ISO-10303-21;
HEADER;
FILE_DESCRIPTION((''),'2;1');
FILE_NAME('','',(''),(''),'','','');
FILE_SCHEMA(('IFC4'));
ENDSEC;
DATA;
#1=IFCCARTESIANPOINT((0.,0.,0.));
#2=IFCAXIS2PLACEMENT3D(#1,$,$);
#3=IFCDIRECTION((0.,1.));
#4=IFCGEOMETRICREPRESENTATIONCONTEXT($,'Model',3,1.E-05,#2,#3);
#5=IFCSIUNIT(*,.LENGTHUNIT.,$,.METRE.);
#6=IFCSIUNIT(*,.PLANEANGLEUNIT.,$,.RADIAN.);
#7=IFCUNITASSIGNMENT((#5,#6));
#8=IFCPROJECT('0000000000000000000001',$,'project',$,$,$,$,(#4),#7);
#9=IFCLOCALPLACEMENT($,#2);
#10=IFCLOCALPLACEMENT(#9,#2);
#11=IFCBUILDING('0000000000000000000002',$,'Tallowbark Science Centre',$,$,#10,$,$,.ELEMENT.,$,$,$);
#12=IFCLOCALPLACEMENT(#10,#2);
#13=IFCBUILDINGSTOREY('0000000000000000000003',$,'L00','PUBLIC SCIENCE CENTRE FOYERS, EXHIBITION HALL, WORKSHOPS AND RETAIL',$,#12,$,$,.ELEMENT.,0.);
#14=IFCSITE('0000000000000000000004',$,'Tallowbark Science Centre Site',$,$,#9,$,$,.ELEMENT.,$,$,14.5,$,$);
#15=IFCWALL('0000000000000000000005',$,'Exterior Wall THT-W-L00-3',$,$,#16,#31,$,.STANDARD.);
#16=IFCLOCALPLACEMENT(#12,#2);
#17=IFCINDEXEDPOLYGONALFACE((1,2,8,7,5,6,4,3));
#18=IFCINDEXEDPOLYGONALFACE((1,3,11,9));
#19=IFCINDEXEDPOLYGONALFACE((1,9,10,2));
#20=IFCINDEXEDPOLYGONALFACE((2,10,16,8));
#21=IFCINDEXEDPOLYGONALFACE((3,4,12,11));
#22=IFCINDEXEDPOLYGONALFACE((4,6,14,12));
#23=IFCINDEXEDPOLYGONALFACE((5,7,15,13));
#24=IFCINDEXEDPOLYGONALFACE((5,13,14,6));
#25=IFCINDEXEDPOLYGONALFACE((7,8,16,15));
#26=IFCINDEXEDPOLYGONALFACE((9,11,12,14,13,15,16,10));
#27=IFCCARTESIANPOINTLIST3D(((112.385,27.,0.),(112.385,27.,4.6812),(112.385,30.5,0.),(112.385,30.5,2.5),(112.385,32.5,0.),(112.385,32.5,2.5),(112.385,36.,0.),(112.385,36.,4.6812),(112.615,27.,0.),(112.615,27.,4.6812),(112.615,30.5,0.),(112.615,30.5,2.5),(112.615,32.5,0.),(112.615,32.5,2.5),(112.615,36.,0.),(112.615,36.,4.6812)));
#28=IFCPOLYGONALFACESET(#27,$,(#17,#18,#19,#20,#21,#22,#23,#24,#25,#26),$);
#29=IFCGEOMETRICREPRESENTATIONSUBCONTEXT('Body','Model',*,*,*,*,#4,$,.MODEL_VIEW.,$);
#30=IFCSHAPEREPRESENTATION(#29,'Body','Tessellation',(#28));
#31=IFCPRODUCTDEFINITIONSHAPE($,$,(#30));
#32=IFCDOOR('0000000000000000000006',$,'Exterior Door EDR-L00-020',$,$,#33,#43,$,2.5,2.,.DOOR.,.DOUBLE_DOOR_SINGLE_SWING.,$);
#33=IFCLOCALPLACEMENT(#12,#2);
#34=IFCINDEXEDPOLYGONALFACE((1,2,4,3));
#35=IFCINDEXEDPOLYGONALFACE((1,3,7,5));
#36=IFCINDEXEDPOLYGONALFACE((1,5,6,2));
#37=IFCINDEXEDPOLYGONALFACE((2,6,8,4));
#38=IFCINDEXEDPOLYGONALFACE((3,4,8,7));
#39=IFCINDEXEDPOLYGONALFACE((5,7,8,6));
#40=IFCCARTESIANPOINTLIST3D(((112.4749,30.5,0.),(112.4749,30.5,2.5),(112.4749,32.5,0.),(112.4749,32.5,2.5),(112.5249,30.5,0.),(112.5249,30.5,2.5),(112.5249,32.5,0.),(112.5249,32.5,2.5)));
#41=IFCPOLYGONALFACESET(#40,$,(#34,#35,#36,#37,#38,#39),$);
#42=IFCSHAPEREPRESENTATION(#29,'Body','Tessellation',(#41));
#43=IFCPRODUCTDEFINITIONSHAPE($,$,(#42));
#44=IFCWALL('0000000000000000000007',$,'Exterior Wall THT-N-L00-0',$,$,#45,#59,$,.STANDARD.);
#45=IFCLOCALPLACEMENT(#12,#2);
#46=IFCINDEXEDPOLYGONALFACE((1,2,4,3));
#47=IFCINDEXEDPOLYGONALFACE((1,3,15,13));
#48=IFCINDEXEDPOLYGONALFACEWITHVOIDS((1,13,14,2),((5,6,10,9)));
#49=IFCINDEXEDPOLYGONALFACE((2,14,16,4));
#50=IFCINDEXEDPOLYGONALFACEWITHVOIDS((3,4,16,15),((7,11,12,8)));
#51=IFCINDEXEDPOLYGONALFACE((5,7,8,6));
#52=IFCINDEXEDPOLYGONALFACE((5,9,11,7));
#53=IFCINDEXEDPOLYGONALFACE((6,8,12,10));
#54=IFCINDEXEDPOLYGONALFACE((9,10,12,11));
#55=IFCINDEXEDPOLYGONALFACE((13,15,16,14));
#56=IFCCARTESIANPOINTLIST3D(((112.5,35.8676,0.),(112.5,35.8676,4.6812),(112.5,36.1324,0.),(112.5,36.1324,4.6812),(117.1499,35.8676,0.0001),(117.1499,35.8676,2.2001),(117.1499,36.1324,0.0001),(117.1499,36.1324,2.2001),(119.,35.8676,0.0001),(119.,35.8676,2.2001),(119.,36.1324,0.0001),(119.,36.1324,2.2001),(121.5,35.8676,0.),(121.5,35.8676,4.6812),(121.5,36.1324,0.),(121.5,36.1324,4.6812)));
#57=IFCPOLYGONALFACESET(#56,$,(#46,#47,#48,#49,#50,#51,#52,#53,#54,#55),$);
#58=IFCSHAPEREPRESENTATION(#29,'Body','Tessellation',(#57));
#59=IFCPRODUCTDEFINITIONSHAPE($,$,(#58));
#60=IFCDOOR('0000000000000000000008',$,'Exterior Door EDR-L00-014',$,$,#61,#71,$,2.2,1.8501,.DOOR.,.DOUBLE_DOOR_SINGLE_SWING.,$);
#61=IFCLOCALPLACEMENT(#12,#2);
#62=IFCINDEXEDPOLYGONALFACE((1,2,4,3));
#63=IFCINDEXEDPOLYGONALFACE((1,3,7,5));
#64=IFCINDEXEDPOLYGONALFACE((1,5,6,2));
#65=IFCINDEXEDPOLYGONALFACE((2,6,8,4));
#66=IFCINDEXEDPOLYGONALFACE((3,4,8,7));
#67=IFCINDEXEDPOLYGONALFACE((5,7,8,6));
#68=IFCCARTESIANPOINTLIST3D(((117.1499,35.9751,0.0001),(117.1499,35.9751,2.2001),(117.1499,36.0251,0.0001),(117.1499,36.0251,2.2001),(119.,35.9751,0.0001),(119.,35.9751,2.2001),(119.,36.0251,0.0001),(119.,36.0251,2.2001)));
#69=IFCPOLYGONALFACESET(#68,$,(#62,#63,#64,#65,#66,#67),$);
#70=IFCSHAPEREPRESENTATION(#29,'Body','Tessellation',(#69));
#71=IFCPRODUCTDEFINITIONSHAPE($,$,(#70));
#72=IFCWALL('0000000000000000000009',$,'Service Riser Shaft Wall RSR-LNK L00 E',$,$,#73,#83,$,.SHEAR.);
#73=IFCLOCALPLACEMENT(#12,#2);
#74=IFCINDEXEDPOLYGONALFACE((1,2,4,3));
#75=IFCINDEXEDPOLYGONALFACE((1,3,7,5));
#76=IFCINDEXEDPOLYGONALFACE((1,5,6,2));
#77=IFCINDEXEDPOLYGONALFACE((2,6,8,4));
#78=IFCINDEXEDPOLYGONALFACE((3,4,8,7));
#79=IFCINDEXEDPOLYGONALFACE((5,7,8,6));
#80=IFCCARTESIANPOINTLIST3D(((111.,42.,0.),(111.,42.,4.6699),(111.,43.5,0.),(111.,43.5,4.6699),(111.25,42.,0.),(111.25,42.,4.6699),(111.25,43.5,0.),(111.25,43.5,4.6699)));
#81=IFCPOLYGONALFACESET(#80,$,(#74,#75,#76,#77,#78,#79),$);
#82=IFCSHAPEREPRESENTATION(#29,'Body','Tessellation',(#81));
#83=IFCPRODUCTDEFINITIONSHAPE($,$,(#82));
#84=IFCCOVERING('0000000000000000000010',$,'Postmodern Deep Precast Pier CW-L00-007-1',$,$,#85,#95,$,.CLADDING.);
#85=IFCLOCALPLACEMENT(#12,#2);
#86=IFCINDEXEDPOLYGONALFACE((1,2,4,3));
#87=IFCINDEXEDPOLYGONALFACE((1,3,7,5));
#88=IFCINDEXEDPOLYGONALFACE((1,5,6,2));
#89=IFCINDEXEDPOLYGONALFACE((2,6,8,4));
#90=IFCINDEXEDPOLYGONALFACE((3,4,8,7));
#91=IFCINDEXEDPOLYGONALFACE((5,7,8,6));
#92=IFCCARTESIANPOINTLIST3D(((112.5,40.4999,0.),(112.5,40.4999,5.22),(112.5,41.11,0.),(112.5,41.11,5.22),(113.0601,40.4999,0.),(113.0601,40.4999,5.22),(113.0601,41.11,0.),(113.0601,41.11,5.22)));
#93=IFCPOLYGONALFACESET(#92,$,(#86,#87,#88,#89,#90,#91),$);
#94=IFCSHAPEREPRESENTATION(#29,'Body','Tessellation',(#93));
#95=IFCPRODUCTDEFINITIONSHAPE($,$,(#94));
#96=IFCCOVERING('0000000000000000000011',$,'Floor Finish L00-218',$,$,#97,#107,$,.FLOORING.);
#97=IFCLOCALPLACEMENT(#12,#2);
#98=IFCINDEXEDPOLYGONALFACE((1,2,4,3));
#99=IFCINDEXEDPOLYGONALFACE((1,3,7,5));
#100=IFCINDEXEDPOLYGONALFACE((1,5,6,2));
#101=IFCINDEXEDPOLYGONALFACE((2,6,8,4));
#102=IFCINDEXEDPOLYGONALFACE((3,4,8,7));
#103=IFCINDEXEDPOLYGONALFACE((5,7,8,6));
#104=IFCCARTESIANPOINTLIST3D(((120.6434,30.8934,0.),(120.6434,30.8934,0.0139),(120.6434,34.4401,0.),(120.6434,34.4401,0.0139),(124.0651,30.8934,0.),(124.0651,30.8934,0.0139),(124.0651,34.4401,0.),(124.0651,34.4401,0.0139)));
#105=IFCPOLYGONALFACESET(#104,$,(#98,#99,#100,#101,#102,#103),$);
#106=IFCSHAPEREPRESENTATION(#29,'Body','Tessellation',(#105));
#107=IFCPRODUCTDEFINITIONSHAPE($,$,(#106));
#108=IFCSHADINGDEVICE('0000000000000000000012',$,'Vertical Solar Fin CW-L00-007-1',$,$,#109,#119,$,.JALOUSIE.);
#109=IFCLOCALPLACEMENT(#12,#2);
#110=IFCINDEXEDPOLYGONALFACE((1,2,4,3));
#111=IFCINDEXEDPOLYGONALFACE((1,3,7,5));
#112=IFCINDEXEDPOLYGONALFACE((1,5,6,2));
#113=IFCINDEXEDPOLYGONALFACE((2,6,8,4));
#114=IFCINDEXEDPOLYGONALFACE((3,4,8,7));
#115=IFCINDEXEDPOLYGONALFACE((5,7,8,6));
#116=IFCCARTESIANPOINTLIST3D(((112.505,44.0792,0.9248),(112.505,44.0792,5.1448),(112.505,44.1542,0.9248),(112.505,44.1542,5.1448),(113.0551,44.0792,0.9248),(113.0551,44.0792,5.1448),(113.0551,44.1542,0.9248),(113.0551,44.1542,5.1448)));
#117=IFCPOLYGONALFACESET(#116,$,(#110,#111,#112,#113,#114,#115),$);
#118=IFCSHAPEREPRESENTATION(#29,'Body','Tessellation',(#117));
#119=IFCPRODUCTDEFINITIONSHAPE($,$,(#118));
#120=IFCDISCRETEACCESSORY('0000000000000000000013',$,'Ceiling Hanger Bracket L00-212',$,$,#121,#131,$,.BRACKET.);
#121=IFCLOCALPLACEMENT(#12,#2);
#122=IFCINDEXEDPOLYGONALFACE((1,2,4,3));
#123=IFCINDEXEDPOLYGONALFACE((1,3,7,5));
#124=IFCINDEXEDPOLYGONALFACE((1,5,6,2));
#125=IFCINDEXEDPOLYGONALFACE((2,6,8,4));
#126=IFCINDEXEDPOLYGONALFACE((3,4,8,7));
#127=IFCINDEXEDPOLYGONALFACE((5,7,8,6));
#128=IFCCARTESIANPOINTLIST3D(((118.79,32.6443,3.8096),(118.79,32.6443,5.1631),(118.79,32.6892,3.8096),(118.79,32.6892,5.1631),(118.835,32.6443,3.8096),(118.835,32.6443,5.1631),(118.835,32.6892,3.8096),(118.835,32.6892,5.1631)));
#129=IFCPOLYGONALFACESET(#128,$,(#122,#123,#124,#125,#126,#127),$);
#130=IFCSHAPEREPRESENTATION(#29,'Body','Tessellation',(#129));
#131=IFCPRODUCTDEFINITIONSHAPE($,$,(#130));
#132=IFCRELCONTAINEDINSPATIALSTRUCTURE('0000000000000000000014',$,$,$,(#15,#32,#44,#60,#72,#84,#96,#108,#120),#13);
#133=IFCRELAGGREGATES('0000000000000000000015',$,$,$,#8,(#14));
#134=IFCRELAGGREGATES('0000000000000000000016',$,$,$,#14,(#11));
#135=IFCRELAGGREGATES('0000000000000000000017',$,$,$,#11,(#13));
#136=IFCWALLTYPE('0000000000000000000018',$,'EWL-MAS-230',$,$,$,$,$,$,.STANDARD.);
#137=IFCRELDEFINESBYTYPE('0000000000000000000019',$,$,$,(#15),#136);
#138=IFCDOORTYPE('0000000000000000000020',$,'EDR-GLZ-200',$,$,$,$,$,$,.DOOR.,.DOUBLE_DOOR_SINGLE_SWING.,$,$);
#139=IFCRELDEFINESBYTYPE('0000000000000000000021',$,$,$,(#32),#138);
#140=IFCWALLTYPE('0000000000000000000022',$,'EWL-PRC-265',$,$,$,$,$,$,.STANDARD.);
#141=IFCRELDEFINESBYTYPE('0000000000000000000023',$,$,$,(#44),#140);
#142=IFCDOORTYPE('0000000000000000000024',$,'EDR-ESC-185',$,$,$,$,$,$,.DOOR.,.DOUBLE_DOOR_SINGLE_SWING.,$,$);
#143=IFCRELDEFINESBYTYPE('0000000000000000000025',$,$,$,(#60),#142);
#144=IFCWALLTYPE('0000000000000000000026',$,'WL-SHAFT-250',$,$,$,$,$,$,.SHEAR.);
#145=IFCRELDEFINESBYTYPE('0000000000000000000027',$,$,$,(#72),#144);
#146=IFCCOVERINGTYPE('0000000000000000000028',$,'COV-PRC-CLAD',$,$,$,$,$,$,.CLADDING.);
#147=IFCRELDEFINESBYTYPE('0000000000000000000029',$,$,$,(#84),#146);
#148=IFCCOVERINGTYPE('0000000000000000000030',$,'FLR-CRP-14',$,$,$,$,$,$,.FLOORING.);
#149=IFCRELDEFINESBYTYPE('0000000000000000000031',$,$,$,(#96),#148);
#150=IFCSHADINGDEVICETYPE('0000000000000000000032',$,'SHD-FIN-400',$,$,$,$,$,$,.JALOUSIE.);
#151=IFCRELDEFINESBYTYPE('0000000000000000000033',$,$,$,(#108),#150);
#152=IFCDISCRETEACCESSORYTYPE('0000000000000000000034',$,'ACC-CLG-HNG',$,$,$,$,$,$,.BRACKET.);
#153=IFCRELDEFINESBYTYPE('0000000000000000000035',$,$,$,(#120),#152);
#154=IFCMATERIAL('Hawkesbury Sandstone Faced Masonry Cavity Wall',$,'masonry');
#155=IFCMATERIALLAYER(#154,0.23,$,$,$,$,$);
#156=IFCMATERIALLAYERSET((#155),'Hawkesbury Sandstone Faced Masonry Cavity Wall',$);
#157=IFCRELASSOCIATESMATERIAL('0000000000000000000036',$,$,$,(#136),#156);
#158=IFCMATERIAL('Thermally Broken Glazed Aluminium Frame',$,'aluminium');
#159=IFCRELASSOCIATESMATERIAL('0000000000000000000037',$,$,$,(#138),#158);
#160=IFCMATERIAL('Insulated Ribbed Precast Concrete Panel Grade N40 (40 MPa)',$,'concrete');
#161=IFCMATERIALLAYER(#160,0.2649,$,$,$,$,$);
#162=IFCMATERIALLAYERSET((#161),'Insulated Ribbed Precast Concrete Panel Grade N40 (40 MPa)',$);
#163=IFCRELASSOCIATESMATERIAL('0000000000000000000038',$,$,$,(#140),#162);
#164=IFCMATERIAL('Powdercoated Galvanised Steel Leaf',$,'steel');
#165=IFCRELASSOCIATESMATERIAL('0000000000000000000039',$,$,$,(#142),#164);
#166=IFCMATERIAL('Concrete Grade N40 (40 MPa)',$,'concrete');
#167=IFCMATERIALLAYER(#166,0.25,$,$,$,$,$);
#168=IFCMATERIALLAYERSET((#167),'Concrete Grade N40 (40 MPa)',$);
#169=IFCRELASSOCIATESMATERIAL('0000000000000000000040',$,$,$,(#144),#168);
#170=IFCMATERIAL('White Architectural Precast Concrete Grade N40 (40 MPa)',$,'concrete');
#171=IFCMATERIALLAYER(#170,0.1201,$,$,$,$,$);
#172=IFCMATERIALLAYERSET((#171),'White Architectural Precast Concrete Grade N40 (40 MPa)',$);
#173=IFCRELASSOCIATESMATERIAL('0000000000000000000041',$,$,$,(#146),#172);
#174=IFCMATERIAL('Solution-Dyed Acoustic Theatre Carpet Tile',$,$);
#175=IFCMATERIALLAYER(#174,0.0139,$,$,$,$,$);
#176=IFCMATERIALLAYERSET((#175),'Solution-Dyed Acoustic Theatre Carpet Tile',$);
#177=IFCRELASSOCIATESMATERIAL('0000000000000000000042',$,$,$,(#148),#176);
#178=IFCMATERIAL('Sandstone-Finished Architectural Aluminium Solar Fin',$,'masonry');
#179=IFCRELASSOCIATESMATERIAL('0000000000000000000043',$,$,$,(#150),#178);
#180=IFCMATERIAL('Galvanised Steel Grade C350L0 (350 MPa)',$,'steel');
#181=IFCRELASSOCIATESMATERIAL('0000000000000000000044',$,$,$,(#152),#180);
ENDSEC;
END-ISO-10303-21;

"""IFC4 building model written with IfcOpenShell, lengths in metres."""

from ifc_helpers import new_model, si_unit, direction, frame, frame_2d, origin, origin_2d, place, context, subcontext, project, spatial, rectangle, extrude, material, layer, layer_set, type_object, element, fill, save


model = new_model("IFC4")

# Units and contexts
model_context = context("Model", 3, precision=1e-05, world=origin(), true_north=direction((0.0, 1.0)))
body_context = subcontext(model_context, "Body", "Model", "MODEL_VIEW")
ifc_project = project(units=[si_unit("LENGTHUNIT", "METRE"), si_unit("PLANEANGLEUNIT", "RADIAN")], contexts=[model_context])

# Site, building, storey
site_placement = place(None, origin())
site = spatial("IfcSite", under=ifc_project, at=site_placement, Name="Tallowbark Science Centre Site", CompositionType="ELEMENT", RefElevation=14.5)
building_placement = place(site_placement, origin())
building = spatial("IfcBuilding", under=site, at=building_placement, Name="Tallowbark Science Centre", CompositionType="ELEMENT")
storey_placement = place(building_placement, origin())
storey = spatial("IfcBuildingStorey", under=building, at=storey_placement, Name="L00", Description="PUBLIC SCIENCE CENTRE FOYERS, EXHIBITION HALL, WORKSHOPS AND RETAIL", CompositionType="ELEMENT", Elevation=0.0)

# Shared definitions
ifc_material_1 = material(Name="Concrete Grade N40 (40 MPa)", Category="concrete")

# Walls, openings, doors
ifc_material_2 = material(Name="Hawkesbury Sandstone Faced Masonry Cavity Wall", Category="masonry")
ifc_layer_1 = layer(ifc_material_2, 0.23)
ifc_layer_set_1 = layer_set([ifc_layer_1], Name="Hawkesbury Sandstone Faced Masonry Cavity Wall")
wall_type_1 = type_object("IfcWallType", Name="EWL-MAS-230", PredefinedType="STANDARD", material=ifc_layer_set_1)
wall_1_placement = place(storey_placement, frame((112.5, 36.0, 0.0), z_axis=(0.0, 0.0, 1.0), x_axis=(0.0, -1.0, 0.0)))
wall_1 = element("IfcWall", 1, at=wall_1_placement, inside=storey, type_object=wall_type_1, Name="Exterior Wall THT-W-L00-3", PredefinedType="STANDARD", context=body_context, shape_type="SweptSolid", body=[
    extrude(rectangle(XDim=9.0, YDim=0.23, at=frame_2d((4.5, 0.0))), origin(), (0.0, 0.0, 1.0), 4.6812),
])
opening_1_placement = place(wall_1_placement, frame((3.5, 0.0, 0.0)))
opening_1 = element("IfcOpeningElement", 2, at=opening_1_placement, cuts=wall_1, PredefinedType="OPENING", context=body_context, shape_type="SweptSolid", body=[
    extrude(rectangle(XDim=2.0, YDim=2.5, at=frame_2d((1.0, 1.25))), frame((0.0, 0.125, 0.0), z_axis=(0.0, -1.0, 0.0), x_axis=(1.0, 0.0, 0.0)), (0.0, 0.0, 1.0), 0.25),
])
ifc_material_3 = material(Name="Thermally Broken Glazed Aluminium Frame", Category="aluminium")
door_type_1 = type_object("IfcDoorType", Name="EDR-GLZ-200", OperationType="DOUBLE_DOOR_SINGLE_SWING", PredefinedType="DOOR", material=ifc_material_3)
door_1_placement = place(opening_1_placement, origin())
door_1 = element("IfcDoor", 3, at=door_1_placement, inside=storey, type_object=door_type_1, Name="Exterior Door EDR-L00-020", OperationType="DOUBLE_DOOR_SINGLE_SWING", OverallHeight=2.5, OverallWidth=2.0, PredefinedType="DOOR", context=body_context, shape_type="SweptSolid", body=[
    extrude(rectangle(XDim=2.0, YDim=2.5, at=frame_2d((1.0, 1.25))), frame((0.0, 0.0249, 0.0), z_axis=(0.0, -1.0, 0.0), x_axis=(1.0, 0.0, 0.0)), (0.0, 0.0, 1.0), 0.05),
])
fill(opening_1, door_1)
ifc_material_4 = material(Name="Insulated Ribbed Precast Concrete Panel Grade N40 (40 MPa)", Category="concrete")
ifc_layer_2 = layer(ifc_material_4, 0.2649)
ifc_layer_set_2 = layer_set([ifc_layer_2], Name="Insulated Ribbed Precast Concrete Panel Grade N40 (40 MPa)")
wall_type_2 = type_object("IfcWallType", Name="EWL-PRC-265", PredefinedType="STANDARD", material=ifc_layer_set_2)
wall_2_placement = place(storey_placement, frame((121.5, 36.0, 0.0), z_axis=(0.0, 0.0, 1.0), x_axis=(-1.0, 0.0, 0.0)))
wall_2 = element("IfcWall", 4, at=wall_2_placement, inside=storey, type_object=wall_type_2, Name="Exterior Wall THT-N-L00-0", PredefinedType="STANDARD", context=body_context, shape_type="SweptSolid", body=[
    extrude(rectangle(XDim=9.0, YDim=0.2649, at=frame_2d((4.5, 0.0))), origin(), (0.0, 0.0, 1.0), 4.6812),
])
opening_2_placement = place(wall_2_placement, frame((2.5, 0.0, 0.0)))
opening_2 = element("IfcOpeningElement", 5, at=opening_2_placement, cuts=wall_2, PredefinedType="OPENING", context=body_context, shape_type="SweptSolid", body=[
    extrude(rectangle(XDim=1.8501, YDim=2.2, at=frame_2d((0.925, 1.1001))), frame((0.0, 0.1426, 0.0), z_axis=(0.0, -1.0, 0.0), x_axis=(1.0, 0.0, 0.0)), (0.0, 0.0, 1.0), 0.2849),
])
ifc_material_5 = material(Name="Powdercoated Galvanised Steel Leaf", Category="steel")
door_type_2 = type_object("IfcDoorType", Name="EDR-ESC-185", OperationType="DOUBLE_DOOR_SINGLE_SWING", PredefinedType="DOOR", material=ifc_material_5)
door_2_placement = place(opening_2_placement, origin())
door_2 = element("IfcDoor", 6, at=door_2_placement, inside=storey, type_object=door_type_2, Name="Exterior Door EDR-L00-014", OperationType="DOUBLE_DOOR_SINGLE_SWING", OverallHeight=2.2, OverallWidth=1.8501, PredefinedType="DOOR", context=body_context, shape_type="SweptSolid", body=[
    extrude(rectangle(XDim=1.8501, YDim=2.2, at=frame_2d((0.925, 1.1001))), frame((0.0, 0.0249, 0.0), z_axis=(0.0, -1.0, 0.0), x_axis=(1.0, 0.0, 0.0)), (0.0, 0.0, 1.0), 0.05),
])
fill(opening_2, door_2)

# Wall
ifc_layer_3 = layer(ifc_material_1, 0.25)
ifc_layer_set_3 = layer_set([ifc_layer_3], Name="Concrete Grade N40 (40 MPa)")
wall_type_3 = type_object("IfcWallType", Name="WL-SHAFT-250", PredefinedType="SHEAR", material=ifc_layer_set_3)
wall_3_placement = place(storey_placement, frame((111.125, 42.0, 0.0), z_axis=(0.0, 0.0, 1.0), x_axis=(0.0, 1.0, 0.0)))
element("IfcWall", 7, at=wall_3_placement, inside=storey, type_object=wall_type_3, Name="Service Riser Shaft Wall RSR-LNK L00 E", PredefinedType="SHEAR", context=body_context, shape_type="SweptSolid", body=[
    extrude(rectangle(XDim=1.5, YDim=0.25, at=frame_2d((0.75, 0.0))), origin(), (0.0, 0.0, 1.0), 4.6699),
])

# Coverings
ifc_material_6 = material(Name="White Architectural Precast Concrete Grade N40 (40 MPa)", Category="concrete")
ifc_layer_4 = layer(ifc_material_6, 0.1201)
ifc_layer_set_4 = layer_set([ifc_layer_4], Name="White Architectural Precast Concrete Grade N40 (40 MPa)")
covering_type_1 = type_object("IfcCoveringType", Name="COV-PRC-CLAD", PredefinedType="CLADDING", material=ifc_layer_set_4)
covering_1_placement = place(storey_placement, frame((112.78, 40.8049, 0.0), z_axis=(0.0, 0.0, 1.0), x_axis=(0.0, 1.0, 0.0)))
element("IfcCovering", 8, at=covering_1_placement, inside=storey, type_object=covering_type_1, Name="Postmodern Deep Precast Pier CW-L00-007-1", PredefinedType="CLADDING", context=body_context, shape_type="SweptSolid", body=[
    extrude(rectangle(XDim=0.6101, YDim=0.5601, at=origin_2d()), origin(), (0.0, 0.0, 1.0), 5.22),
])
ifc_material_7 = material(Name="Solution-Dyed Acoustic Theatre Carpet Tile")
ifc_layer_5 = layer(ifc_material_7, 0.0139)
ifc_layer_set_5 = layer_set([ifc_layer_5], Name="Solution-Dyed Acoustic Theatre Carpet Tile")
covering_type_2 = type_object("IfcCoveringType", Name="FLR-CRP-14", PredefinedType="FLOORING", material=ifc_layer_set_5)
covering_2_placement = place(storey_placement, frame((122.3542, 32.6667, 0.0), z_axis=(0.0, 0.0, 1.0), x_axis=(1.0, 0.0, 0.0)))
element("IfcCovering", 9, at=covering_2_placement, inside=storey, type_object=covering_type_2, Name="Floor Finish L00-218", PredefinedType="FLOORING", context=body_context, shape_type="SweptSolid", body=[
    extrude(rectangle(XDim=3.4216, YDim=3.5466, at=origin_2d()), origin(), (0.0, 0.0, 1.0), 0.0139),
])

# Shading device
ifc_material_8 = material(Name="Sandstone-Finished Architectural Aluminium Solar Fin", Category="masonry")
shading_device_type = type_object("IfcShadingDeviceType", Name="SHD-FIN-400", PredefinedType="JALOUSIE", material=ifc_material_8)
shading_device_placement = place(storey_placement, frame((112.78, 44.1167, 0.9248), z_axis=(0.0, 0.0, 1.0), x_axis=(0.0, 1.0, 0.0)))
element("IfcShadingDevice", 10, at=shading_device_placement, inside=storey, type_object=shading_device_type, Name="Vertical Solar Fin CW-L00-007-1", PredefinedType="JALOUSIE", context=body_context, shape_type="SweptSolid", body=[
    extrude(rectangle(XDim=0.075, YDim=0.55, at=origin_2d()), origin(), (0.0, 0.0, 1.0), 4.22),
])

# Discrete accessory
ifc_material_9 = material(Name="Galvanised Steel Grade C350L0 (350 MPa)", Category="steel")
discrete_accessory_type = type_object("IfcDiscreteAccessoryType", Name="ACC-CLG-HNG", PredefinedType="BRACKET", material=ifc_material_9)
discrete_accessory_placement = place(storey_placement, frame((118.8125, 32.6667, 3.8096), z_axis=(0.0, 0.0, 1.0), x_axis=(1.0, 0.0, 0.0)))
element("IfcDiscreteAccessory", 11, at=discrete_accessory_placement, inside=storey, type_object=discrete_accessory_type, Name="Ceiling Hanger Bracket L00-212", PredefinedType="BRACKET", context=body_context, shape_type="SweptSolid", body=[
    extrude(rectangle(XDim=0.0449, YDim=0.0449, at=origin_2d()), origin(), (0.0, 0.0, 1.0), 1.3535),
])

save(model, "model.ifc")
